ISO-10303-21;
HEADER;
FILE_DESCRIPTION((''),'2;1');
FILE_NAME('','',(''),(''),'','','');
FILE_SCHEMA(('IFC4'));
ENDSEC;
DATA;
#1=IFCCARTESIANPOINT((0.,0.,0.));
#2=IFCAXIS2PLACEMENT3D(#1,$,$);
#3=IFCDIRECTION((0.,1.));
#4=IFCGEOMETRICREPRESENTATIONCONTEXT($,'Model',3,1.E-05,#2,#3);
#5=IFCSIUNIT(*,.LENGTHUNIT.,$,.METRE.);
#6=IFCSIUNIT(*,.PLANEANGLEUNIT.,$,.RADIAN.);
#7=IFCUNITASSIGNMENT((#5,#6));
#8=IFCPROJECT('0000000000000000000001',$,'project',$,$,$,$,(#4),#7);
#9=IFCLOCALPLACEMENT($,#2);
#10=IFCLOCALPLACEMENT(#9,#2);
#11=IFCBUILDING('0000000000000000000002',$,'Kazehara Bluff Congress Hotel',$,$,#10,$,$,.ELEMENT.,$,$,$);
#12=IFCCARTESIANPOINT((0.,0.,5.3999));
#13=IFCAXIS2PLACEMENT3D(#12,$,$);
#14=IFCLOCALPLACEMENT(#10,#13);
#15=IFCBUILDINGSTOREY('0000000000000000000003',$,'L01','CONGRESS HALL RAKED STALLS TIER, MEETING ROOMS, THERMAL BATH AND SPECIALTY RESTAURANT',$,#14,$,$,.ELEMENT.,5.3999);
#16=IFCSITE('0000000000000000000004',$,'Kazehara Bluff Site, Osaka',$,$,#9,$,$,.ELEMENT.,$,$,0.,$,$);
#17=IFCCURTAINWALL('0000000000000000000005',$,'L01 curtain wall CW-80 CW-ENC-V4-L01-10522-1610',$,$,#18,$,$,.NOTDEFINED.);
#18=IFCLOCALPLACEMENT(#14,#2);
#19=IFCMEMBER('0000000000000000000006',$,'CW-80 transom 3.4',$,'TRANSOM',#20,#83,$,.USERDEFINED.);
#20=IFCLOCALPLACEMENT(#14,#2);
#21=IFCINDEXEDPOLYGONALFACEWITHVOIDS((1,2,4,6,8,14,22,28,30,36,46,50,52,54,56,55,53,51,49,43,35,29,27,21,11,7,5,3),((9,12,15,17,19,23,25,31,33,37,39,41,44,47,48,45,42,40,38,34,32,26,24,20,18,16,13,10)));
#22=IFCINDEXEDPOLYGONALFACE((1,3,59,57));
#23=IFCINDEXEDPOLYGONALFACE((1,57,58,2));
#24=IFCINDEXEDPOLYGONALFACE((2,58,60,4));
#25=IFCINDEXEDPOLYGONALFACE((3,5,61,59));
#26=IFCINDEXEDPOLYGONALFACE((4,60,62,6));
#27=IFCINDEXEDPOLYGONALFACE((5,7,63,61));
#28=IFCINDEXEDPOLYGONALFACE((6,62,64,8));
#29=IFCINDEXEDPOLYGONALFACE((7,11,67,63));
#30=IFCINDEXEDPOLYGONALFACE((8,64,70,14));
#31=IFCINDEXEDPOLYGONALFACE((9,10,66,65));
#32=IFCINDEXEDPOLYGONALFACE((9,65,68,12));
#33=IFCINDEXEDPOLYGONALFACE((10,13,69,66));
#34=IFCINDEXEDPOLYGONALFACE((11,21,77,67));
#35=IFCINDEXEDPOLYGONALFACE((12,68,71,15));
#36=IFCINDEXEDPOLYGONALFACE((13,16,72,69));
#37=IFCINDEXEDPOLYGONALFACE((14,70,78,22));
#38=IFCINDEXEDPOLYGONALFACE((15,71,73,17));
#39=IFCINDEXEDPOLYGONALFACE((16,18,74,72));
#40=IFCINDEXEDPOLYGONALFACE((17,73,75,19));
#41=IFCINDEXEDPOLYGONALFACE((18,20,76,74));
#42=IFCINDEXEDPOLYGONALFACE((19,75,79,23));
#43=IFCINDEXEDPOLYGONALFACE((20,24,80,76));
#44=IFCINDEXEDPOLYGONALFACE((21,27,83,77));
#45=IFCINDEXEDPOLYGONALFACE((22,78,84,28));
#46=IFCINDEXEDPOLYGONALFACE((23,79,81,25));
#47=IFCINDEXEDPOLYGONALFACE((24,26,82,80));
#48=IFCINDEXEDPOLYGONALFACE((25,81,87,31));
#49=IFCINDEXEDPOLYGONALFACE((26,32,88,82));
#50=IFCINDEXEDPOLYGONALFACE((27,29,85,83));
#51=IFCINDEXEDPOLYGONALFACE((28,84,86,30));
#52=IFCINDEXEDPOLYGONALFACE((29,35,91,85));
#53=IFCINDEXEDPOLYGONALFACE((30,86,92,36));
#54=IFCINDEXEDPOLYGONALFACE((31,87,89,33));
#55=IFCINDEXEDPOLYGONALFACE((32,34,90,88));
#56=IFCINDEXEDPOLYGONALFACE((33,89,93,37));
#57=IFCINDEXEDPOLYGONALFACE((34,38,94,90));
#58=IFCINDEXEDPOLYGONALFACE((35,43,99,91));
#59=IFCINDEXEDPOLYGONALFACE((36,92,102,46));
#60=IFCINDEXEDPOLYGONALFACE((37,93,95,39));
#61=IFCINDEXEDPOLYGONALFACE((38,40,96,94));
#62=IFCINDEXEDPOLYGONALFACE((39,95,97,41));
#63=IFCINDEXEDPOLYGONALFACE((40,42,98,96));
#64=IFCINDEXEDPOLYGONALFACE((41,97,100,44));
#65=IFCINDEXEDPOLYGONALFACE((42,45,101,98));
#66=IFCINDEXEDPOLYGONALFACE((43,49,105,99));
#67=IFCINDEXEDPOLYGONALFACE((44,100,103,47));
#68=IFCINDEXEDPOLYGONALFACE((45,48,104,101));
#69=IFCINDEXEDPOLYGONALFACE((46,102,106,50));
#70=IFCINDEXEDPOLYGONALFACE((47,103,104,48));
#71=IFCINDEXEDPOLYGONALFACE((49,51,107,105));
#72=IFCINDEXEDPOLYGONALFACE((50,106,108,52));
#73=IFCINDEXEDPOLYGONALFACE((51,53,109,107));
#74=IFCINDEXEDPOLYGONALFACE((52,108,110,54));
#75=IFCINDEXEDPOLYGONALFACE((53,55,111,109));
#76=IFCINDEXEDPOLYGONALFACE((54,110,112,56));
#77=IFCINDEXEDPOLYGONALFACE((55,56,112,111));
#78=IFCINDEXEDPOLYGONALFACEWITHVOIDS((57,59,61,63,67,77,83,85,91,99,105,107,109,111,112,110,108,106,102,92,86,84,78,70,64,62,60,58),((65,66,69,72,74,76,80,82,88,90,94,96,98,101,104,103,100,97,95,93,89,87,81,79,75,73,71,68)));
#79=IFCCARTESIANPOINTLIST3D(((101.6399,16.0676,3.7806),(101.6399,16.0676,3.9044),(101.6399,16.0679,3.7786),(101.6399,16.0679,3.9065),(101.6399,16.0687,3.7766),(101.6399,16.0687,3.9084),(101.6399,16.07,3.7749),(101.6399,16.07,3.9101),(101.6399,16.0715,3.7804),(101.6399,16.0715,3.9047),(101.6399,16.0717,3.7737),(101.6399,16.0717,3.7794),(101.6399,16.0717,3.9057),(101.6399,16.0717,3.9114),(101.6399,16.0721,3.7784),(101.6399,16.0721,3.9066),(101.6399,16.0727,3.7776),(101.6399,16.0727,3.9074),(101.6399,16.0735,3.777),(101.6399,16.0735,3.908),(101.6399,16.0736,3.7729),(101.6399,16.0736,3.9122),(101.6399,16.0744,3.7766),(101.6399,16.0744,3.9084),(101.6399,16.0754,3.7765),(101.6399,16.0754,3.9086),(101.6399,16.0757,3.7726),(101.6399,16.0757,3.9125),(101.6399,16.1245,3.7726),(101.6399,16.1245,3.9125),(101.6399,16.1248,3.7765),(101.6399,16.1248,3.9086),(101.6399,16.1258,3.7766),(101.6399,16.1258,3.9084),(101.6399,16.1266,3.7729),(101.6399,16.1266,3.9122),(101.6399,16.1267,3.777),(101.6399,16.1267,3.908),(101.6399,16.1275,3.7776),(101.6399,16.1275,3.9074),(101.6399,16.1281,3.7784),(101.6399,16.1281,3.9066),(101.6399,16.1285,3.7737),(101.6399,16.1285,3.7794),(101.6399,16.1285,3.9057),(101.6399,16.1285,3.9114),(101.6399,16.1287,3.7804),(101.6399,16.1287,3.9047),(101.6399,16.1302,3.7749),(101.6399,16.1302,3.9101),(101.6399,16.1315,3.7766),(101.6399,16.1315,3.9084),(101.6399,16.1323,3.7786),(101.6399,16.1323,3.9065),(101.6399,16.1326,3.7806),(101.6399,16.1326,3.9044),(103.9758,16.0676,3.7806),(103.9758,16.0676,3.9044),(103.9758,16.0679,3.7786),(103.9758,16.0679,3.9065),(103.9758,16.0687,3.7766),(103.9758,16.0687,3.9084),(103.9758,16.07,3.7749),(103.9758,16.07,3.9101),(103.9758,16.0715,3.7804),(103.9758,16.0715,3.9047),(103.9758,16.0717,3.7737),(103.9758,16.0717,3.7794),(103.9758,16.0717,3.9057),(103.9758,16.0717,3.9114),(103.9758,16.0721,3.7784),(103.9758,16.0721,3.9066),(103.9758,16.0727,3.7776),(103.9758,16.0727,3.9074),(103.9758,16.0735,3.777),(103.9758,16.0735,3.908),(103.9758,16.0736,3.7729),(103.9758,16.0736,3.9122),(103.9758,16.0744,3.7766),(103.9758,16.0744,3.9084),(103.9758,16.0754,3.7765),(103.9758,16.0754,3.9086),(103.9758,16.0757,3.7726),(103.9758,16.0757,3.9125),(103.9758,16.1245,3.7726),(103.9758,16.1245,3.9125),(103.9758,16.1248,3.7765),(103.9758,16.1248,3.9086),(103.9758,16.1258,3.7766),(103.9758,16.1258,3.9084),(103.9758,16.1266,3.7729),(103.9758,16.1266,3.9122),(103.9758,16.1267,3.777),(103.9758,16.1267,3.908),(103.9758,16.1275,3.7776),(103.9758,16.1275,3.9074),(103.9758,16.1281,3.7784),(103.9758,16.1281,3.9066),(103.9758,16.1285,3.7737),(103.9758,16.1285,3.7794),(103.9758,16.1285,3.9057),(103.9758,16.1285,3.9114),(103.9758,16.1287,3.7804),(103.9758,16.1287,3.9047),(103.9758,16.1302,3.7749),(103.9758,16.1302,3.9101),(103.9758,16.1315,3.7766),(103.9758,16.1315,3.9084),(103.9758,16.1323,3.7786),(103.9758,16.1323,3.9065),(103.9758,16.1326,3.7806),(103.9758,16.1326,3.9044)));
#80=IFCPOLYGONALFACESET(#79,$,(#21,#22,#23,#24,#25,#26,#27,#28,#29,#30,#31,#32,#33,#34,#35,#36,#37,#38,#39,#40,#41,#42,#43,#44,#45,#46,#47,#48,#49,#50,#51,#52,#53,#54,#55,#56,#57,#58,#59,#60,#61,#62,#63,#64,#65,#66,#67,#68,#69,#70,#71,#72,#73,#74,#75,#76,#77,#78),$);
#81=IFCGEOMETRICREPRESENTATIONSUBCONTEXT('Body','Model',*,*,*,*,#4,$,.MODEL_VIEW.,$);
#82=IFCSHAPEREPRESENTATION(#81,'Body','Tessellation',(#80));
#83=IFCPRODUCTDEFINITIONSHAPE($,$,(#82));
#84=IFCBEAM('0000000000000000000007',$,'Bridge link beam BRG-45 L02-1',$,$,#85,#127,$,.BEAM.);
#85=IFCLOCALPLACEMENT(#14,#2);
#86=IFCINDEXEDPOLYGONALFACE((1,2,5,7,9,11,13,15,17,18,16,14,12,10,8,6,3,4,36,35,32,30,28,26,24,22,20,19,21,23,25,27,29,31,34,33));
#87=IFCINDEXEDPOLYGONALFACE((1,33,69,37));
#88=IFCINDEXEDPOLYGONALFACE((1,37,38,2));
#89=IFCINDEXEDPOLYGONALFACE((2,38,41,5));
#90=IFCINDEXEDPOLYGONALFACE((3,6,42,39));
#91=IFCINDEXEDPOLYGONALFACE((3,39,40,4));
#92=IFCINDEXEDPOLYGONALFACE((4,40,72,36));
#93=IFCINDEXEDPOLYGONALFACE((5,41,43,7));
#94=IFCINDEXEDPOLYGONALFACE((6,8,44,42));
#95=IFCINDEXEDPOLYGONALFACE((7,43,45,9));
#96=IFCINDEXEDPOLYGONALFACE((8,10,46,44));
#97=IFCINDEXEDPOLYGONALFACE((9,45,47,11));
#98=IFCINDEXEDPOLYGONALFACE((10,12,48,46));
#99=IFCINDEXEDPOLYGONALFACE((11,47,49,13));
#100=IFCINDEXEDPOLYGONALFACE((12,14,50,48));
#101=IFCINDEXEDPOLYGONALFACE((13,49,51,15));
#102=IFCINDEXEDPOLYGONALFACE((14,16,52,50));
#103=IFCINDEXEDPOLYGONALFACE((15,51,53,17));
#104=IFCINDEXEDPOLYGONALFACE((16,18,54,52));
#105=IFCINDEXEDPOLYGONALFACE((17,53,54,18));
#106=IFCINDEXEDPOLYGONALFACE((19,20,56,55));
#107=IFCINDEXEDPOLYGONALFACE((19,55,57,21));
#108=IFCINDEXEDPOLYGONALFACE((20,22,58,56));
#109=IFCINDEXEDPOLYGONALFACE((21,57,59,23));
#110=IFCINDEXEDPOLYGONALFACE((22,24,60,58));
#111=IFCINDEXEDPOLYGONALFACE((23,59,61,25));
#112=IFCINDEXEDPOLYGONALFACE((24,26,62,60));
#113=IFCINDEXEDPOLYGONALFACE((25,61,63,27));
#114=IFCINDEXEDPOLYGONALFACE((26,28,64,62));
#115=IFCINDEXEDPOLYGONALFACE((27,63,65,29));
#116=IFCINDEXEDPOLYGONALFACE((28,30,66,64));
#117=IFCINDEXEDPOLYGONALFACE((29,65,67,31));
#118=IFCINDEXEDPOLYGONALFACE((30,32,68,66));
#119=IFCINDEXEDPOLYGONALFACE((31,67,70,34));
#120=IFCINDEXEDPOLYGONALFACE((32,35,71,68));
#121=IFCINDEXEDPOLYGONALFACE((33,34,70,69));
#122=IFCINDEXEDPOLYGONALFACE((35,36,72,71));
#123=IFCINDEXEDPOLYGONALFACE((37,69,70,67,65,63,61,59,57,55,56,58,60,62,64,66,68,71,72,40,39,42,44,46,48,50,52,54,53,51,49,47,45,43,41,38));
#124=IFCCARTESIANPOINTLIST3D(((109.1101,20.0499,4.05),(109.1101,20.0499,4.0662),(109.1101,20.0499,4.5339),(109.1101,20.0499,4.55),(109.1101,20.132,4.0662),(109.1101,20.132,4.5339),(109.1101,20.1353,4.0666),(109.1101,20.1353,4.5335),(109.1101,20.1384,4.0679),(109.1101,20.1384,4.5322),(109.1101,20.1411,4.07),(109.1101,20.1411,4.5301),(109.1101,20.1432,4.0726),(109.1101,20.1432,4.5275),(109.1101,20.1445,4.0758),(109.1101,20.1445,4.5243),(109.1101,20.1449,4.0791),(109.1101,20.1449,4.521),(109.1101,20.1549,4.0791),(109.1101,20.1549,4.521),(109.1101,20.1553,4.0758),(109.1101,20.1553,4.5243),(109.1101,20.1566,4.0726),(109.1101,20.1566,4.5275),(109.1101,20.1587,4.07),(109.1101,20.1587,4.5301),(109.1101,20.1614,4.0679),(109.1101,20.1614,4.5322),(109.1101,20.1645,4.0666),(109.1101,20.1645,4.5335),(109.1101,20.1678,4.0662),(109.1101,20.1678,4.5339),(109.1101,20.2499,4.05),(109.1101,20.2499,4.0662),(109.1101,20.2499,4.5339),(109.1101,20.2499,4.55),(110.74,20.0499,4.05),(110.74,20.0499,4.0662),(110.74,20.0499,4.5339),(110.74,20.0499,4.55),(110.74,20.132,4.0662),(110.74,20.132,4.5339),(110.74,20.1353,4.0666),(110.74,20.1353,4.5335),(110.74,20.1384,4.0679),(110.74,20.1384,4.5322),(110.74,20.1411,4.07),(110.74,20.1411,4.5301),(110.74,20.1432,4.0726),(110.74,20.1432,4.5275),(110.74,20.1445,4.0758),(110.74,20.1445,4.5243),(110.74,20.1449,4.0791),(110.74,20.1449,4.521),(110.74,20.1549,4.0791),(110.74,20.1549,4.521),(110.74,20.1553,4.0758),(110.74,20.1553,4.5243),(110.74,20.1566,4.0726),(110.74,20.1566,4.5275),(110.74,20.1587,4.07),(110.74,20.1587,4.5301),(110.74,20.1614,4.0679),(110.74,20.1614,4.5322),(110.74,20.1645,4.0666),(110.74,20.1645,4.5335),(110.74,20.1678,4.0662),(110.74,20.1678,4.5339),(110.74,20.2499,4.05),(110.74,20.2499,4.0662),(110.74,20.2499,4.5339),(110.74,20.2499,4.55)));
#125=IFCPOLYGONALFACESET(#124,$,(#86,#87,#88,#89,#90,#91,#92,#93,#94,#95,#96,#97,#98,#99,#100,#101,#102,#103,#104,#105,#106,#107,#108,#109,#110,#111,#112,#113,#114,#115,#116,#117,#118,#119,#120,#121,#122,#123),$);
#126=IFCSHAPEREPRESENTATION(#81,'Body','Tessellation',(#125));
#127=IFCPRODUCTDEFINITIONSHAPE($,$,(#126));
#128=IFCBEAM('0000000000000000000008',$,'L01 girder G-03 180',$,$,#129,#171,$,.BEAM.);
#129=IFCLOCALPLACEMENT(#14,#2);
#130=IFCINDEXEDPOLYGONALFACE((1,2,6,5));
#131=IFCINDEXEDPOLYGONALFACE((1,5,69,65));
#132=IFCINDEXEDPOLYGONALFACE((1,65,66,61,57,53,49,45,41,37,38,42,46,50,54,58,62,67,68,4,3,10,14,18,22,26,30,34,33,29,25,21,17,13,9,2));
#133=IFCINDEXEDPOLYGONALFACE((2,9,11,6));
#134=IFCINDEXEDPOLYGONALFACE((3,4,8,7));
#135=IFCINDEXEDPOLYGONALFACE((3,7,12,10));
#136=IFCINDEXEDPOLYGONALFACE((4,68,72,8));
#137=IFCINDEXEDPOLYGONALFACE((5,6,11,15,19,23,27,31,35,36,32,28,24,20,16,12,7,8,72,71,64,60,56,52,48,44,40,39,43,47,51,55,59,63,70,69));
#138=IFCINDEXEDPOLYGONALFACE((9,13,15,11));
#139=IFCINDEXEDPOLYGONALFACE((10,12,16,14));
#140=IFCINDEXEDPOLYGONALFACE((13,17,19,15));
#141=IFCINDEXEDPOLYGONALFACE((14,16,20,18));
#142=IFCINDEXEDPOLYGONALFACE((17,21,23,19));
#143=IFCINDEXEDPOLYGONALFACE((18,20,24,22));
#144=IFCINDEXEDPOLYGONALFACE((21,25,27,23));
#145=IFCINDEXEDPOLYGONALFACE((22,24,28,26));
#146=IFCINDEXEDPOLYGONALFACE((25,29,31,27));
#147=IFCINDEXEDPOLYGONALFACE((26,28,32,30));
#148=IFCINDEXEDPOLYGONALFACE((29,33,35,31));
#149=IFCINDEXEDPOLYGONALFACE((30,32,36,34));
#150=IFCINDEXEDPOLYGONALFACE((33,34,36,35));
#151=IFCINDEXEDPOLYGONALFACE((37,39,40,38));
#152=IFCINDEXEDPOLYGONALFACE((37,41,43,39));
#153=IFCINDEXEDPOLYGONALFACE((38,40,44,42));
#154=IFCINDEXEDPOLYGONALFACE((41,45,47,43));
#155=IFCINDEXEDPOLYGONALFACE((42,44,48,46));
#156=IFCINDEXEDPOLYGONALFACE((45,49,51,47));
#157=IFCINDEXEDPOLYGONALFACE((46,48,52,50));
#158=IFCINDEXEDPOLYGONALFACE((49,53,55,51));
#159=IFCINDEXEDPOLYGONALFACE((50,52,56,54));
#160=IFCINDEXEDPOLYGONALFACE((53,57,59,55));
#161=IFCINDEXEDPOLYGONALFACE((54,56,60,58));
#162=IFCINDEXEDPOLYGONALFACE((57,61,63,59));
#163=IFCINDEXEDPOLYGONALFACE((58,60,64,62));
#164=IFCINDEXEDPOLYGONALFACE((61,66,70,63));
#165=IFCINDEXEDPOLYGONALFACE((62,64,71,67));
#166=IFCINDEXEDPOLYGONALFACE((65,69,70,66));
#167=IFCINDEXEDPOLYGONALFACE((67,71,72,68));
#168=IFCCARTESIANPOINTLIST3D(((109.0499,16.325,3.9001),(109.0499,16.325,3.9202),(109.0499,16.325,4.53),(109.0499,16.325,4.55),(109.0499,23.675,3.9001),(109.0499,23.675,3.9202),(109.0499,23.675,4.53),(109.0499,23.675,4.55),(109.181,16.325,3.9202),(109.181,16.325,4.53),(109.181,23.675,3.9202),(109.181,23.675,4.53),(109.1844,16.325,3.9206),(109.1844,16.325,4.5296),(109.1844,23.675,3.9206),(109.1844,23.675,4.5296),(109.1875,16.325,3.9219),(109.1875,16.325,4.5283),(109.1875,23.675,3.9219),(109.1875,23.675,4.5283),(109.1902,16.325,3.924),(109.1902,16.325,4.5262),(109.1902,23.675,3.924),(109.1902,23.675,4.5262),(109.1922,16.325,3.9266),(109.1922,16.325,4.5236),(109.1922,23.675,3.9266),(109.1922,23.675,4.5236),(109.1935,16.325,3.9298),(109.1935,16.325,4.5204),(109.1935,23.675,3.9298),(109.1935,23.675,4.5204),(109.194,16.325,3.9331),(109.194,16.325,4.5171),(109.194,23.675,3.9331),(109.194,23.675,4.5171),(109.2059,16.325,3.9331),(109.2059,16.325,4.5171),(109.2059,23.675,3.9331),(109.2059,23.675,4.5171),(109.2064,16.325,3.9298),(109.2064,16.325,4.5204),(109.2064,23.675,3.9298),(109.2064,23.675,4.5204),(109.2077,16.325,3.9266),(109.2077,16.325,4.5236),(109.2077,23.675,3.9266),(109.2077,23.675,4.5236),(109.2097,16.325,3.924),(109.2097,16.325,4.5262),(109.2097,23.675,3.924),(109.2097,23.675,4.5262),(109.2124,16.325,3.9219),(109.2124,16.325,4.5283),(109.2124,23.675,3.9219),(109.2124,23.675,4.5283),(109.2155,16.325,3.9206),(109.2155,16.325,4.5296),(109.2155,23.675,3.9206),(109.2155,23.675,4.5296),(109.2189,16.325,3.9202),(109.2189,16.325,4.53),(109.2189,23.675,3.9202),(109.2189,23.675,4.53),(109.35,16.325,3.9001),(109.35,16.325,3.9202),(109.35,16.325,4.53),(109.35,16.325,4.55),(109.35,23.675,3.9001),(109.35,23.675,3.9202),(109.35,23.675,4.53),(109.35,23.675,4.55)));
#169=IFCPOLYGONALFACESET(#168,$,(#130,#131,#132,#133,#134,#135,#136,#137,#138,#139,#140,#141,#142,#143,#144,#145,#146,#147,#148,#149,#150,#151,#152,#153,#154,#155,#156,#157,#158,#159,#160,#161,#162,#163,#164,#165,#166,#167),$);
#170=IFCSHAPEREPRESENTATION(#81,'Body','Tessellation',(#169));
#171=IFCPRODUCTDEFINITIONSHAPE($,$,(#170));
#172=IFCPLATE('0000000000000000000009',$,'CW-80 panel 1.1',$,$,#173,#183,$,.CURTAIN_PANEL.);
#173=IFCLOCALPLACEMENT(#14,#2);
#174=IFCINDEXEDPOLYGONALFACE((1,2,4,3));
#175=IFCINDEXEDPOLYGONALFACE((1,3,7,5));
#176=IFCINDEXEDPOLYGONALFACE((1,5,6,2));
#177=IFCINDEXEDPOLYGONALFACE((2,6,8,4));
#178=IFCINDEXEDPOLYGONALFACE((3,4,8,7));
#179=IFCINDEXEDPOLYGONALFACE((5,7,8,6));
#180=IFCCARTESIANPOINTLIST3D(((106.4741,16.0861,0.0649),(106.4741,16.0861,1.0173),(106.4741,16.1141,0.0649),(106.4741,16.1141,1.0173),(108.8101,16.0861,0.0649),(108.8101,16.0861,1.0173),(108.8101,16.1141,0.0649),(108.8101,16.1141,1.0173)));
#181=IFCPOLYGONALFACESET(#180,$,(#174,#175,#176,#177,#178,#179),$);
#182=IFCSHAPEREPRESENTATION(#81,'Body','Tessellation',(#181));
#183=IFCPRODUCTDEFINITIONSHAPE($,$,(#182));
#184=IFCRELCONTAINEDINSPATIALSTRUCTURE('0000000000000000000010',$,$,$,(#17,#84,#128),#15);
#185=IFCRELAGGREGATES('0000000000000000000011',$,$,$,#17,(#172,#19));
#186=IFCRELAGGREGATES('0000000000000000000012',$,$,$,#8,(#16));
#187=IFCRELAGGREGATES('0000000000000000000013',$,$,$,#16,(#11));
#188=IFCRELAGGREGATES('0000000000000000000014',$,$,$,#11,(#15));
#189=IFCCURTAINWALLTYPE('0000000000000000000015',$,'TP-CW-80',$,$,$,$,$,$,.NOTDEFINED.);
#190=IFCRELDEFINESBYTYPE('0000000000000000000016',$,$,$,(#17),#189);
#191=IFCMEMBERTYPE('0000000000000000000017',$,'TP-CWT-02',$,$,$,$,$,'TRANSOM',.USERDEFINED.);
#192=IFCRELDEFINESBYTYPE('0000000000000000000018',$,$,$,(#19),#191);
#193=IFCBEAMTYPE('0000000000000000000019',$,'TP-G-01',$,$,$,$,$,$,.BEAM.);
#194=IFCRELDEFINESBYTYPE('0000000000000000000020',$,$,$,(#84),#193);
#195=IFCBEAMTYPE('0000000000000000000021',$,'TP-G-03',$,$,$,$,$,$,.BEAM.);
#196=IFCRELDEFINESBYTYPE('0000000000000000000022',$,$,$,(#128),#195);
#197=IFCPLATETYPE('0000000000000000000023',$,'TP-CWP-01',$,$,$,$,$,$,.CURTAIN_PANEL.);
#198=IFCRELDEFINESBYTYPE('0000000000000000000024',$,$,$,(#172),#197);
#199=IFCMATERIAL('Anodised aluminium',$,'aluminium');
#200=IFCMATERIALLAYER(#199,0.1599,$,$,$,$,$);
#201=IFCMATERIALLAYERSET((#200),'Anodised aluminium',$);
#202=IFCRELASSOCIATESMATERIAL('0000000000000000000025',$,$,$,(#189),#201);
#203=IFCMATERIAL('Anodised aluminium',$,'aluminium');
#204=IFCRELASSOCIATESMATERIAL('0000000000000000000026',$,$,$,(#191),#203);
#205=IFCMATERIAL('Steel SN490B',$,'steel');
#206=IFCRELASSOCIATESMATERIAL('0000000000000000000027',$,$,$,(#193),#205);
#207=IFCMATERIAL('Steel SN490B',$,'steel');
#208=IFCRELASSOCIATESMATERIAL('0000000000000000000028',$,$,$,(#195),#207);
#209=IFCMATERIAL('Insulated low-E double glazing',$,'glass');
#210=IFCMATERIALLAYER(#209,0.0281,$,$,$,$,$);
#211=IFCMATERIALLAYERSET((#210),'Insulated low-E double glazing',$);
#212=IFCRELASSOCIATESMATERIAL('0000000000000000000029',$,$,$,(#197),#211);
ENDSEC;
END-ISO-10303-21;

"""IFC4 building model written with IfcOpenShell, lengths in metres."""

from ifc_helpers import new_model, si_unit, direction, frame, origin, origin_2d, place, context, subcontext, project, spatial, rectangle, hollow_rectangle, i_section, extrude, material, layer, layer_set, material_profile, profile_set, type_object, element, aggregate, save


model = new_model("IFC4")

# Units and contexts
model_context = context("Model", 3, precision=1e-05, world=origin(), true_north=direction((0.0, 1.0)))
body_context = subcontext(model_context, "Body", "Model", "MODEL_VIEW")
ifc_project = project(units=[si_unit("LENGTHUNIT", "METRE"), si_unit("PLANEANGLEUNIT", "RADIAN")], contexts=[model_context])

# Site, building, storey
site_placement = place(None, origin())
site = spatial("IfcSite", under=ifc_project, at=site_placement, Name="Kazehara Bluff Site, Osaka", CompositionType="ELEMENT", RefElevation=0.0)
building_placement = place(site_placement, origin())
building = spatial("IfcBuilding", under=site, at=building_placement, Name="Kazehara Bluff Congress Hotel", CompositionType="ELEMENT")
storey_placement = place(building_placement, frame((0.0, 0.0, 5.3999)))
storey = spatial("IfcBuildingStorey", under=building, at=storey_placement, Name="L01", Description="CONGRESS HALL RAKED STALLS TIER, MEETING ROOMS, THERMAL BATH AND SPECIALTY RESTAURANT", CompositionType="ELEMENT", Elevation=5.3999)

# Curtain wall, member
ifc_material_1 = material(Name="Anodised aluminium", Category="aluminium")
ifc_layer_1 = layer(ifc_material_1, 0.1599)
ifc_layer_set_1 = layer_set([ifc_layer_1], Name="Anodised aluminium")
curtain_wall_type = type_object("IfcCurtainWallType", Name="TP-CW-80", PredefinedType="NOTDEFINED", material=ifc_layer_set_1)
curtain_wall_placement = place(storey_placement, origin())
curtain_wall = element("IfcCurtainWall", 1, at=curtain_wall_placement, inside=storey, type_object=curtain_wall_type, Name="L01 curtain wall CW-80 CW-ENC-V4-L01-10522-1610", PredefinedType="NOTDEFINED")
ifc_material_2 = material(Name="Anodised aluminium", Category="aluminium")
ifc_material_profile_1 = material_profile(ifc_material_2, hollow_rectangle(XDim=0.0649, YDim=0.1399, WallThickness=0.0039, InnerFilletRadius=0.0039, OuterFilletRadius=0.0081, at=origin_2d()))
ifc_profile_set_1 = profile_set([ifc_material_profile_1], Name="Anodised aluminium")
member_type_1 = type_object("IfcMemberType", Name="TP-CWT-02", ElementType="TRANSOM", PredefinedType="USERDEFINED", material=ifc_profile_set_1)
member_1_placement = place(storey_placement, frame((103.9758, 16.1001, 3.8425), z_axis=(-1.0, 0.0, 0.0), x_axis=(0.0, -1.0, 0.0)))
member_1 = element("IfcMember", 2, at=member_1_placement, type_object=member_type_1, Name="CW-80 transom 3.4", ObjectType="TRANSOM", PredefinedType="USERDEFINED", context=body_context, shape_type="SweptSolid", body=[
    extrude(hollow_rectangle(XDim=0.0649, YDim=0.1399, WallThickness=0.0039, InnerFilletRadius=0.0039, OuterFilletRadius=0.0081, at=origin_2d()), origin(), (0.0, 0.0, 1.0), 2.3359),
])

# Beams
ifc_material_3 = material(Name="Steel SN490B", Category="steel")
ifc_material_profile_2 = material_profile(ifc_material_3, i_section(OverallWidth=0.2, OverallDepth=0.5, WebThickness=0.01, FlangeThickness=0.0161, FilletRadius=0.0129, at=origin_2d()))
ifc_profile_set_2 = profile_set([ifc_material_profile_2], Name="Steel SN490B")
beam_type_1 = type_object("IfcBeamType", Name="TP-G-01", PredefinedType="BEAM", material=ifc_profile_set_2)
beam_1_placement = place(storey_placement, frame((109.1101, 20.1499, 4.3), z_axis=(1.0, 0.0, 0.0), x_axis=(0.0, 1.0, 0.0)))
element("IfcBeam", 3, at=beam_1_placement, inside=storey, type_object=beam_type_1, Name="Bridge link beam BRG-45 L02-1", PredefinedType="BEAM", context=body_context, shape_type="SweptSolid", body=[
    extrude(i_section(OverallWidth=0.2, OverallDepth=0.5, WebThickness=0.01, FlangeThickness=0.0161, FilletRadius=0.0129, at=origin_2d()), origin(), (0.0, 0.0, 1.0), 1.6299),
])
ifc_material_4 = material(Name="Steel SN490B", Category="steel")
ifc_material_profile_3 = material_profile(ifc_material_4, i_section(OverallWidth=0.3, OverallDepth=0.6499, WebThickness=0.012, FlangeThickness=0.02, FilletRadius=0.0129, at=origin_2d()))
ifc_profile_set_3 = profile_set([ifc_material_profile_3], Name="Steel SN490B")
beam_type_2 = type_object("IfcBeamType", Name="TP-G-03", PredefinedType="BEAM", material=ifc_profile_set_3)
beam_2_placement = place(storey_placement, frame((109.2, 16.325, 4.2251), z_axis=(0.0, 1.0, 0.0), x_axis=(-1.0, 0.0, 0.0)))
element("IfcBeam", 4, at=beam_2_placement, inside=storey, type_object=beam_type_2, Name="L01 girder G-03 180", PredefinedType="BEAM", context=body_context, shape_type="SweptSolid", body=[
    extrude(i_section(OverallWidth=0.3, OverallDepth=0.6499, WebThickness=0.012, FlangeThickness=0.02, FilletRadius=0.0129, at=origin_2d()), origin(), (0.0, 0.0, 1.0), 7.3501),
])

# Plate
ifc_material_5 = material(Name="Insulated low-E double glazing", Category="glass")
ifc_layer_2 = layer(ifc_material_5, 0.0281)
ifc_layer_set_2 = layer_set([ifc_layer_2], Name="Insulated low-E double glazing")
plate_type = type_object("IfcPlateType", Name="TP-CWP-01", PredefinedType="CURTAIN_PANEL", material=ifc_layer_set_2)
plate_1_placement = place(storey_placement, frame((107.6421, 16.1001, 0.0649), z_axis=(0.0, 0.0, 1.0), x_axis=(-1.0, 0.0, 0.0)))
plate_1 = element("IfcPlate", 5, at=plate_1_placement, type_object=plate_type, Name="CW-80 panel 1.1", PredefinedType="CURTAIN_PANEL", context=body_context, shape_type="SweptSolid", body=[
    extrude(rectangle(XDim=2.3359, YDim=0.0281, at=origin_2d()), origin(), (0.0, 0.0, 1.0), 0.9524),
])
aggregate(curtain_wall, [plate_1, member_1])

save(model, "model.ifc")
